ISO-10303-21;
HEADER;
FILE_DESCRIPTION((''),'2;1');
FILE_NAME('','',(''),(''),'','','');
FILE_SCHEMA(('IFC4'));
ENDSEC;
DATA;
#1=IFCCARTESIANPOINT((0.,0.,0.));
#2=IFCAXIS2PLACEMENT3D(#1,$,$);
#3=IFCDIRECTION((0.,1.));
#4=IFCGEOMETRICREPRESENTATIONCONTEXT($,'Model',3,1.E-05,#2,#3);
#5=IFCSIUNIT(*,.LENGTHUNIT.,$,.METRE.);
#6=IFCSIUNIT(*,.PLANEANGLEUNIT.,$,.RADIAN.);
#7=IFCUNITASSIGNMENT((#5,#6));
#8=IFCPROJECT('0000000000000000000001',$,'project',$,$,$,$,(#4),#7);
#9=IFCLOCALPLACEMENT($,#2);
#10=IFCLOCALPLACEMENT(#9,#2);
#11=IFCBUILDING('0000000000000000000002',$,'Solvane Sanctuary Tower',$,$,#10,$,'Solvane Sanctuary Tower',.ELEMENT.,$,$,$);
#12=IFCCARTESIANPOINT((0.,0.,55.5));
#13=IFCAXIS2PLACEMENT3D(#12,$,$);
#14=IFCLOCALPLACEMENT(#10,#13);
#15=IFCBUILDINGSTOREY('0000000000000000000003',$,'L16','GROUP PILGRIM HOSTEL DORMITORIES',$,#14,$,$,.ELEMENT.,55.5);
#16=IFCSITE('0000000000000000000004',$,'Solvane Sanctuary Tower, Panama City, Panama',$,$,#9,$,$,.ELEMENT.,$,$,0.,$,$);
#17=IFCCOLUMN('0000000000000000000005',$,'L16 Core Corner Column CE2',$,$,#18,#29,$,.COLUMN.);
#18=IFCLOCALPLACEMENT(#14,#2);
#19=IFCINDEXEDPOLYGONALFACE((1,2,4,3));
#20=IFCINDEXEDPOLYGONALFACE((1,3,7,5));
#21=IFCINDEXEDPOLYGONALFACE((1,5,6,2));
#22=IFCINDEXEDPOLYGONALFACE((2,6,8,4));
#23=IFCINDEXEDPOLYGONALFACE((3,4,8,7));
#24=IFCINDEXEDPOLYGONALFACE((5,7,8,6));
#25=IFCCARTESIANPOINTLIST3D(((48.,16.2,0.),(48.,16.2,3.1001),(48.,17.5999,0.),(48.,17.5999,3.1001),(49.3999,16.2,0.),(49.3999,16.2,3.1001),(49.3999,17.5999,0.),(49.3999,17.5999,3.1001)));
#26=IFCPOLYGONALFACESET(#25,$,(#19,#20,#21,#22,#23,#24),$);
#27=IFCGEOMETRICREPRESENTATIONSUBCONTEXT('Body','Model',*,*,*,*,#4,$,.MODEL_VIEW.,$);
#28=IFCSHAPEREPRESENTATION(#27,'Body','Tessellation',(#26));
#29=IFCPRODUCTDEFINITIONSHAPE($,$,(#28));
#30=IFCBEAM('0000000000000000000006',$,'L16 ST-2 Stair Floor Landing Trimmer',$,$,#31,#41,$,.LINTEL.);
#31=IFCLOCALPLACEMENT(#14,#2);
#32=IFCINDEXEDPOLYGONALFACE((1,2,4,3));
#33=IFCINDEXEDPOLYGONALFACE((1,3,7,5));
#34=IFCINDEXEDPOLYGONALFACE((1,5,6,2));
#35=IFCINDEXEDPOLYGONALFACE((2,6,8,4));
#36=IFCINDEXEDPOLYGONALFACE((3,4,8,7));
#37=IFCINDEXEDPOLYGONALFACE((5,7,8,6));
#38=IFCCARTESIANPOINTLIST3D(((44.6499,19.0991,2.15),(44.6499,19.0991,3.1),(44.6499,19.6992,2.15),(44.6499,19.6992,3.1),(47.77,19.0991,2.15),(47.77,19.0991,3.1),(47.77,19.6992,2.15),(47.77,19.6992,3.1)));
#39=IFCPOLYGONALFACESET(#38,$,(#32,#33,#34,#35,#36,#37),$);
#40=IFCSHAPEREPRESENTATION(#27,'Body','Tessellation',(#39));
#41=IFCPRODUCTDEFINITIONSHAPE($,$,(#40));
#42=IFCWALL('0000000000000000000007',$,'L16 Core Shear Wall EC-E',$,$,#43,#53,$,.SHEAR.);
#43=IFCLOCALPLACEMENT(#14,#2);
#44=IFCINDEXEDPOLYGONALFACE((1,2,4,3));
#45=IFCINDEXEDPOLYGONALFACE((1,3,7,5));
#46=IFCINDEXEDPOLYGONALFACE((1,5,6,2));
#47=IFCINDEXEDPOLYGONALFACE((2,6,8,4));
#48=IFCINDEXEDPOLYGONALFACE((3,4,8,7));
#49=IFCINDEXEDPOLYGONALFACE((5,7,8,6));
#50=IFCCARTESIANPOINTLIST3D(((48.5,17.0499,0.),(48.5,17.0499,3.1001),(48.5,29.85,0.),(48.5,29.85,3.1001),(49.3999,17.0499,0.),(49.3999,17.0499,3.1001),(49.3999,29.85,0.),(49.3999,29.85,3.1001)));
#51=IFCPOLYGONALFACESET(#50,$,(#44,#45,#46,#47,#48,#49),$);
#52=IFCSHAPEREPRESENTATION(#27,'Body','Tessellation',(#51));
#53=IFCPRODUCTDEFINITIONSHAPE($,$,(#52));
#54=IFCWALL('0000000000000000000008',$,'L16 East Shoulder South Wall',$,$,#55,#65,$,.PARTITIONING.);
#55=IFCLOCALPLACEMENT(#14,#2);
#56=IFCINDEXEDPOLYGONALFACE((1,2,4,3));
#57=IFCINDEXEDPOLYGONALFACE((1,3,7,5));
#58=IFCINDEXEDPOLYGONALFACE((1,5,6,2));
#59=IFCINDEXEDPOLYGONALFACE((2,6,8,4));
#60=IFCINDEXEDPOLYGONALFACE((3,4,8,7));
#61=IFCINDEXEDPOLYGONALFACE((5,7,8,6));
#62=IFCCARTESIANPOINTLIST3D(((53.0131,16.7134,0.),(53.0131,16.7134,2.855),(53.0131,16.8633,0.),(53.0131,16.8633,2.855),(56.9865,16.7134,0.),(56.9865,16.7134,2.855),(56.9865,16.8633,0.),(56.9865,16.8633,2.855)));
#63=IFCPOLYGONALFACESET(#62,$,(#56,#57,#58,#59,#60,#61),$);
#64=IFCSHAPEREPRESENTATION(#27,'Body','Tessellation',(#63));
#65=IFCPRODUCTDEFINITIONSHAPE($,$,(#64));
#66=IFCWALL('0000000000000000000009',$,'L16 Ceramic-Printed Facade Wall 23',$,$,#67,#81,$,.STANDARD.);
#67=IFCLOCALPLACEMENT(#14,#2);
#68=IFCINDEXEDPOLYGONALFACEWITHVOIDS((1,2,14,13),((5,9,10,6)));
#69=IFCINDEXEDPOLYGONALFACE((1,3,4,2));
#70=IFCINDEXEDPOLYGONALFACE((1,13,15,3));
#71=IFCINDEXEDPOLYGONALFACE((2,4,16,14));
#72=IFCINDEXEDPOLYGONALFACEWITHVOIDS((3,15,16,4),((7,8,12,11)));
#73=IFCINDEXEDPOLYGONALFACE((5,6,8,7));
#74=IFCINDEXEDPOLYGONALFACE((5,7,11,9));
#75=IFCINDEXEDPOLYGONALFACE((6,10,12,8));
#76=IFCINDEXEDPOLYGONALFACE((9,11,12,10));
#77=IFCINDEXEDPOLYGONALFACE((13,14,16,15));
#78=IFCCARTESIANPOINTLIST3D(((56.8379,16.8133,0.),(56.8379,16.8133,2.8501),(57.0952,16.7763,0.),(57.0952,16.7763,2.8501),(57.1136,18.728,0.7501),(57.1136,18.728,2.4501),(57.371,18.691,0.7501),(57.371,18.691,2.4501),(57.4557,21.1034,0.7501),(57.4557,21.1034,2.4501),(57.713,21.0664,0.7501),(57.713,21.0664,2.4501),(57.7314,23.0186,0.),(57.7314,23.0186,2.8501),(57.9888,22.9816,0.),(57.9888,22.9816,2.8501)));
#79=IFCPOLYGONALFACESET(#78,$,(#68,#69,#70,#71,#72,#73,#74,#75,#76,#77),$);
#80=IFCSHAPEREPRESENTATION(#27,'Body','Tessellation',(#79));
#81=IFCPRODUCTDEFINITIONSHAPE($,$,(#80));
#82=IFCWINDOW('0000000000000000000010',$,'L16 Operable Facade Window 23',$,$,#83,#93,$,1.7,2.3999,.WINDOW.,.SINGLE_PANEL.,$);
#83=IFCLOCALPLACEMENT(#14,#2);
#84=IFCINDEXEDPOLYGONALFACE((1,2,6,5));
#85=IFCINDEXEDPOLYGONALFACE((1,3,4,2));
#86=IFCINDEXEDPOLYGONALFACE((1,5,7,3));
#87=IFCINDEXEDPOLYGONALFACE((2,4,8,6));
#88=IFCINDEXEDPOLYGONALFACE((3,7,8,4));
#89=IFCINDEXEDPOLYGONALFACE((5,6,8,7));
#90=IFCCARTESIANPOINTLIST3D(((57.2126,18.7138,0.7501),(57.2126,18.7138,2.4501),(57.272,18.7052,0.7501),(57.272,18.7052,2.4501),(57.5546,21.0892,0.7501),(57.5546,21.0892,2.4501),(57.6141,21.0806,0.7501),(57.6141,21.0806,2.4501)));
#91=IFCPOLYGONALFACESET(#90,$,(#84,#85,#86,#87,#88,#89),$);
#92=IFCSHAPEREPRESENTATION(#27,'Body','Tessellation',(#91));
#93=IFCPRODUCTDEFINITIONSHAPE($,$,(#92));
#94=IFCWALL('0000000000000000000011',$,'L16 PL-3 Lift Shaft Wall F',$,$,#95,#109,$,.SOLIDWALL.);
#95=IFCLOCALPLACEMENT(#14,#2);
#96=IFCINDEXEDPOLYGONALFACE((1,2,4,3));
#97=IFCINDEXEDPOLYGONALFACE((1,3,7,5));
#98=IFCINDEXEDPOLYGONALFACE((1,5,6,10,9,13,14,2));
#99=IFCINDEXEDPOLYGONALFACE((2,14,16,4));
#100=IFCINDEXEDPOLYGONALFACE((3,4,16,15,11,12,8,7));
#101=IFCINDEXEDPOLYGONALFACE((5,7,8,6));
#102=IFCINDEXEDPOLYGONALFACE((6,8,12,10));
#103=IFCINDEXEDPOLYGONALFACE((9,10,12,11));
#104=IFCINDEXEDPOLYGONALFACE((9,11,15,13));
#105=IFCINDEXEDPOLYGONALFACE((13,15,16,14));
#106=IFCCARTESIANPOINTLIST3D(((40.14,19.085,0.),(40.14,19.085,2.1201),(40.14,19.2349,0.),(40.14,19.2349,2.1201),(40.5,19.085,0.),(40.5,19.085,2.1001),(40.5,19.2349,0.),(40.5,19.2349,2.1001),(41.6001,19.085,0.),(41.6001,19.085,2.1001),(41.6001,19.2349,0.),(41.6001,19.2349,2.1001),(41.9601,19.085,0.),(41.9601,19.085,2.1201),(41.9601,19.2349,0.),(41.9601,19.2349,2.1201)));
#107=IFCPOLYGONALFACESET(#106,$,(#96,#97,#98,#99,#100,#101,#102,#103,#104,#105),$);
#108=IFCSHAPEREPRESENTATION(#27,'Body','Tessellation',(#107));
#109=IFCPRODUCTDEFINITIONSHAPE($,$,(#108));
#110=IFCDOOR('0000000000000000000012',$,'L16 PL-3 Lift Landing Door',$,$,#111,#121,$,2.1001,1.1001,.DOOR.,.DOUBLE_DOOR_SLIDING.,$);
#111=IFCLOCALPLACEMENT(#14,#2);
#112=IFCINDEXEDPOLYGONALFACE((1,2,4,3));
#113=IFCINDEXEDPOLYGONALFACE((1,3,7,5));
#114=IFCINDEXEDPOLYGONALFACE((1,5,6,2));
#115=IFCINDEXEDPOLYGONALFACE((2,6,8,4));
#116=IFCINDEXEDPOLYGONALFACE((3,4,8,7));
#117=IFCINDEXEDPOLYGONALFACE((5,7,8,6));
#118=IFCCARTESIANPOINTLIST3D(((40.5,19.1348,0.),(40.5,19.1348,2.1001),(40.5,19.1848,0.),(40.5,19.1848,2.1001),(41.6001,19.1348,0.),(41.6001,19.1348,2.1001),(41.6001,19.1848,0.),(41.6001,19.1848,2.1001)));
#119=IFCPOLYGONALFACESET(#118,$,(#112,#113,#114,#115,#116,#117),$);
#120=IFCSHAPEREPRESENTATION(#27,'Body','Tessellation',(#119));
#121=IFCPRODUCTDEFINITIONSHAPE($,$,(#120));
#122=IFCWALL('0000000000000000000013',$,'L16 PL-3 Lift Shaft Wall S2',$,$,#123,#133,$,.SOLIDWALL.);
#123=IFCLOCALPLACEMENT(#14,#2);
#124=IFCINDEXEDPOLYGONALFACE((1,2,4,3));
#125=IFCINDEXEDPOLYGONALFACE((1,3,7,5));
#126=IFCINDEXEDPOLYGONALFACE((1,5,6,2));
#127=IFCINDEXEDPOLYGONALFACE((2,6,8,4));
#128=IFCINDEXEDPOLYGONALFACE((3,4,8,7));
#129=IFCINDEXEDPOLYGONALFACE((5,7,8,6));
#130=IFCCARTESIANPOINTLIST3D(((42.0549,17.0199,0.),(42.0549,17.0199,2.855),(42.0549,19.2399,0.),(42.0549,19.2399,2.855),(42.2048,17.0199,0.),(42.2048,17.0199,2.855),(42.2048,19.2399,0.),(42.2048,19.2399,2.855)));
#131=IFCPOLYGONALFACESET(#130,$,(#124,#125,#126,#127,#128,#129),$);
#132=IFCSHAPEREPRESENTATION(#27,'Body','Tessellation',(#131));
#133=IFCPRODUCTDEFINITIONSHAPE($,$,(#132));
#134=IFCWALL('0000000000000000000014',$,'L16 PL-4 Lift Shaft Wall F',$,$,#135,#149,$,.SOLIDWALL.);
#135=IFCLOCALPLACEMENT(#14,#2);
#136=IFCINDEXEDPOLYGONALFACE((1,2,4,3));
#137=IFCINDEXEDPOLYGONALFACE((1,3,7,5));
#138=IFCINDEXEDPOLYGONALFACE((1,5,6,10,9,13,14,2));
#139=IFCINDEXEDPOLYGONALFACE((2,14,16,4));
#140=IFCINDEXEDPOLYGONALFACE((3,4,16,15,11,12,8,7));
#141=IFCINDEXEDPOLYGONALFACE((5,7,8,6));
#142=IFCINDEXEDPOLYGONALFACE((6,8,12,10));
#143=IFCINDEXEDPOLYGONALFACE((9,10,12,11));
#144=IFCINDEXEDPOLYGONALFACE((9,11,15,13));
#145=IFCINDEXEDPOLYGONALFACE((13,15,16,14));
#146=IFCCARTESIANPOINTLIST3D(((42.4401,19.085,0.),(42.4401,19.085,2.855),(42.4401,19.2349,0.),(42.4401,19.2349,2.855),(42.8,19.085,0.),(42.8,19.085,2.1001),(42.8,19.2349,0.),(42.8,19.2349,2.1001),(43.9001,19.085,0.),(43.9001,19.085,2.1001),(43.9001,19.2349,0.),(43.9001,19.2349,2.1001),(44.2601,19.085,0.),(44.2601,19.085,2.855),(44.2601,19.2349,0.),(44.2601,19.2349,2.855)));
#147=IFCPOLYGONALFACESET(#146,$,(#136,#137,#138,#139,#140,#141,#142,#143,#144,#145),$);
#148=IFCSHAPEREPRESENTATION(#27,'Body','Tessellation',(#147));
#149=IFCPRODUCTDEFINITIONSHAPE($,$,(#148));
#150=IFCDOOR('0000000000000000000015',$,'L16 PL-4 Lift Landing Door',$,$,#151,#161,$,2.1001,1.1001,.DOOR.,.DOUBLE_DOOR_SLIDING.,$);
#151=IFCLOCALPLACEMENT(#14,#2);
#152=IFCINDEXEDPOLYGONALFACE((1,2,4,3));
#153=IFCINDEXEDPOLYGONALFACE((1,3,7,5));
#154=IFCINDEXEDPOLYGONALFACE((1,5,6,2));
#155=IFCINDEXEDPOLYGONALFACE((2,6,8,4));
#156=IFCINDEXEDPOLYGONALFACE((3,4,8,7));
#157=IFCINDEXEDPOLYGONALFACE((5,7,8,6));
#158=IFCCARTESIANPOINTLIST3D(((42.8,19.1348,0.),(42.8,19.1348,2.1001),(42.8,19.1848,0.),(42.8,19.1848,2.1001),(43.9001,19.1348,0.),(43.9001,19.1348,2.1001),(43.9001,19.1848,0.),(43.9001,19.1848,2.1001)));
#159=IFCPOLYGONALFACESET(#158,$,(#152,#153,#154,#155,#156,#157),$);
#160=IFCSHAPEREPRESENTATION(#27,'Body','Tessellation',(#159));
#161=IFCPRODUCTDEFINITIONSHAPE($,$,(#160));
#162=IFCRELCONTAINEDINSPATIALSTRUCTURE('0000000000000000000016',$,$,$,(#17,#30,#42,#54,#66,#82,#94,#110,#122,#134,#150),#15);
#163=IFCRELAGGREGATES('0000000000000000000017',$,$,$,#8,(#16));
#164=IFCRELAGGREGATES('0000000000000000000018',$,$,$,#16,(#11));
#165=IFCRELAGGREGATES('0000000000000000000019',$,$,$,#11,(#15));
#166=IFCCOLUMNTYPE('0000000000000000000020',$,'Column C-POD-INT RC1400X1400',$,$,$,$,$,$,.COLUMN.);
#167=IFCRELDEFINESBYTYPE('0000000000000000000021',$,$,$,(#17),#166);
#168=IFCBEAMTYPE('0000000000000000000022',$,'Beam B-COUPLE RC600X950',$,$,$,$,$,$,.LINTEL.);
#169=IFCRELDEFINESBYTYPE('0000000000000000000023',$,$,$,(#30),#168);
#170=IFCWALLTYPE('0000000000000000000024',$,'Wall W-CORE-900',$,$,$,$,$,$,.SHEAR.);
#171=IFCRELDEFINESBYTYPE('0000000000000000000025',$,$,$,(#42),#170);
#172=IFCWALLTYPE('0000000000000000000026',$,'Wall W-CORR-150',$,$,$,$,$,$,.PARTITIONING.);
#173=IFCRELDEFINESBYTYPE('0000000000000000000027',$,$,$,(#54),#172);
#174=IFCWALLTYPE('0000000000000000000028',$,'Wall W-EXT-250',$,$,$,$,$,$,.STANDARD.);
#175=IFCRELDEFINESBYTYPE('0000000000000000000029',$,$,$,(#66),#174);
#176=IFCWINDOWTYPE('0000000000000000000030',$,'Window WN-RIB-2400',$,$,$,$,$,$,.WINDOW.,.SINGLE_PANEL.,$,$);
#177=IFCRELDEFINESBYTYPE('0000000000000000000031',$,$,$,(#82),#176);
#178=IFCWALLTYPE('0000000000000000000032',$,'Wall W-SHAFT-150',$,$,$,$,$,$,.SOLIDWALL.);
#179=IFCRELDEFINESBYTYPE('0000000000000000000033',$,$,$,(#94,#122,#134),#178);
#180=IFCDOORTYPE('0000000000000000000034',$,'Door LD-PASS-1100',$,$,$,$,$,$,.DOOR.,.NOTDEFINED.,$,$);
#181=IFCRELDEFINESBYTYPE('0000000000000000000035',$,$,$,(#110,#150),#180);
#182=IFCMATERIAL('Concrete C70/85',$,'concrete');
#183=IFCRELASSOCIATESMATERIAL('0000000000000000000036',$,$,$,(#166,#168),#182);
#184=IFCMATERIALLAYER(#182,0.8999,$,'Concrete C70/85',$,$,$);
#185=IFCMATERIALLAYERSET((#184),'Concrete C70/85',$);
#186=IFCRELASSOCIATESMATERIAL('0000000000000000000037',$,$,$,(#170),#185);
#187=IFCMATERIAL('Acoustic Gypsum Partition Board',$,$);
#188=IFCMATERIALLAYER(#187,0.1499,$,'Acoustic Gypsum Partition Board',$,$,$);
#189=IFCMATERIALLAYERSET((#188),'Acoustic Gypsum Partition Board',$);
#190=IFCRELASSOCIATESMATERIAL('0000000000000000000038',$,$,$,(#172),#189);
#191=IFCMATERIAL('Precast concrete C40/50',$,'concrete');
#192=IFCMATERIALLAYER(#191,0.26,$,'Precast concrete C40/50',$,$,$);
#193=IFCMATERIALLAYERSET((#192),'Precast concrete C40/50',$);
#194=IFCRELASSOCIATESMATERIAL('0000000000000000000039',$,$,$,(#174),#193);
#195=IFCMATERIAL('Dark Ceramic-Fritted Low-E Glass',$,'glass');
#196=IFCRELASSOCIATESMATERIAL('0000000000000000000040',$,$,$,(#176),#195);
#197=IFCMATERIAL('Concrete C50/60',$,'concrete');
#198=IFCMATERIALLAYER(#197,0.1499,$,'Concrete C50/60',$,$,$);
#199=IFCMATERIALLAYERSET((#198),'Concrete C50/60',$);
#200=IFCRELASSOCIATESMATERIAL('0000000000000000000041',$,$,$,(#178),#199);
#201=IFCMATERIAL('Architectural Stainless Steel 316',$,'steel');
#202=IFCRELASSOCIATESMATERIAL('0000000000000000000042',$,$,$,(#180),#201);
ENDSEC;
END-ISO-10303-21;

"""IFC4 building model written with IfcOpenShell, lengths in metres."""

from ifc_helpers import new_model, si_unit, direction, frame, frame_2d, origin, origin_2d, place, context, subcontext, project, spatial, rectangle, extrude, material, layer, layer_set, material_profile, profile_set, type_object, element, fill, save


model = new_model("IFC4")

# Units and contexts
model_context = context("Model", 3, precision=1e-05, world=origin(), true_north=direction((0.0, 1.0)))
body_context = subcontext(model_context, "Body", "Model", "MODEL_VIEW")
ifc_project = project(units=[si_unit("LENGTHUNIT", "METRE"), si_unit("PLANEANGLEUNIT", "RADIAN")], contexts=[model_context])

# Site, building, storey
site_placement = place(None, origin())
site = spatial("IfcSite", under=ifc_project, at=site_placement, Name="Solvane Sanctuary Tower, Panama City, Panama", CompositionType="ELEMENT", RefElevation=0.0)
building_placement = place(site_placement, origin())
building = spatial("IfcBuilding", under=site, at=building_placement, Name="Solvane Sanctuary Tower", LongName="Solvane Sanctuary Tower", CompositionType="ELEMENT")
storey_placement = place(building_placement, frame((0.0, 0.0, 55.5)))
storey = spatial("IfcBuildingStorey", under=building, at=storey_placement, Name="L16", Description="GROUP PILGRIM HOSTEL DORMITORIES", CompositionType="ELEMENT", Elevation=55.5)

# Column
ifc_material_1 = material(Name="Concrete C70/85", Category="concrete")
ifc_material_profile_1 = material_profile(ifc_material_1, rectangle(XDim=1.3999, YDim=1.3999, at=origin_2d()), Name="RC1400X1400")
ifc_profile_set_1 = profile_set([ifc_material_profile_1], Name="Concrete C70/85")
column_type = type_object("IfcColumnType", Name="Column C-POD-INT RC1400X1400", PredefinedType="COLUMN", material=ifc_profile_set_1)
column_placement = place(storey_placement, frame((48.7, 16.8999, 0.0), z_axis=(0.0, 0.0, 1.0), x_axis=(1.0, 0.0, 0.0)))
element("IfcColumn", 1, at=column_placement, inside=storey, type_object=column_type, Name="L16 Core Corner Column CE2", PredefinedType="COLUMN", context=body_context, shape_type="SweptSolid", body=[
    extrude(rectangle(XDim=1.3999, YDim=1.3999, at=origin_2d()), origin(), (0.0, 0.0, 1.0), 3.1001),
])

# Beam
ifc_material_profile_2 = material_profile(ifc_material_1, rectangle(XDim=0.6001, YDim=0.95, at=origin_2d()), Name="RC600X950")
ifc_profile_set_2 = profile_set([ifc_material_profile_2], Name="Concrete C70/85")
beam_type = type_object("IfcBeamType", Name="Beam B-COUPLE RC600X950", PredefinedType="LINTEL", material=ifc_profile_set_2)
beam_placement = place(storey_placement, frame((44.6499, 19.3992, 2.625), z_axis=(1.0, 0.0, 0.0), x_axis=(0.0, 1.0, 0.0)))
element("IfcBeam", 2, at=beam_placement, inside=storey, type_object=beam_type, Name="L16 ST-2 Stair Floor Landing Trimmer", PredefinedType="LINTEL", context=body_context, shape_type="SweptSolid", body=[
    extrude(rectangle(XDim=0.6001, YDim=0.95, at=origin_2d()), origin(), (0.0, 0.0, 1.0), 3.1201),
])

# Walls
ifc_layer_1 = layer(ifc_material_1, 0.8999, Name="Concrete C70/85")
ifc_layer_set_1 = layer_set([ifc_layer_1], Name="Concrete C70/85")
wall_type_1 = type_object("IfcWallType", Name="Wall W-CORE-900", PredefinedType="SHEAR", material=ifc_layer_set_1)
wall_1_placement = place(storey_placement, frame((48.95, 17.05, 0.0), z_axis=(0.0, 0.0, 1.0), x_axis=(0.0, 1.0, 0.0)))
element("IfcWall", 3, at=wall_1_placement, inside=storey, type_object=wall_type_1, Name="L16 Core Shear Wall EC-E", PredefinedType="SHEAR", context=body_context, shape_type="SweptSolid", body=[
    extrude(rectangle(XDim=12.8, YDim=0.8999, at=frame_2d((6.3999, 0.0))), origin(), (0.0, 0.0, 1.0), 3.1001),
])
ifc_material_2 = material(Name="Acoustic Gypsum Partition Board")
ifc_layer_2 = layer(ifc_material_2, 0.1499, Name="Acoustic Gypsum Partition Board")
ifc_layer_set_2 = layer_set([ifc_layer_2], Name="Acoustic Gypsum Partition Board")
wall_type_2 = type_object("IfcWallType", Name="Wall W-CORR-150", PredefinedType="PARTITIONING", material=ifc_layer_set_2)
wall_2_placement = place(storey_placement, frame((53.0129, 16.7883, 0.0), z_axis=(0.0, 0.0, 1.0), x_axis=(1.0, 0.0, 0.0)))
element("IfcWall", 4, at=wall_2_placement, inside=storey, type_object=wall_type_2, Name="L16 East Shoulder South Wall", PredefinedType="PARTITIONING", context=body_context, shape_type="SweptSolid", body=[
    extrude(rectangle(XDim=3.9734, YDim=0.1499, at=frame_2d((1.9868, 0.0))), origin(), (0.0, 0.0, 1.0), 2.855),
])

# Wall, opening, window
ifc_material_3 = material(Name="Precast concrete C40/50", Category="concrete")
ifc_layer_3 = layer(ifc_material_3, 0.26, Name="Precast concrete C40/50")
ifc_layer_set_3 = layer_set([ifc_layer_3], Name="Precast concrete C40/50")
wall_type_3 = type_object("IfcWallType", Name="Wall W-EXT-250", PredefinedType="STANDARD", material=ifc_layer_set_3)
wall_3_placement = place(storey_placement, frame((56.9666, 16.7947, 0.0), z_axis=(0.0, 0.0, 1.0), x_axis=(0.142528, 0.989791, 0.0)))
wall_3 = element("IfcWall", 5, at=wall_3_placement, inside=storey, type_object=wall_type_3, Name="L16 Ceramic-Printed Facade Wall 23", PredefinedType="STANDARD", context=body_context, shape_type="SweptSolid", body=[
    extrude(rectangle(XDim=6.2693, YDim=0.26, at=frame_2d((3.1348, 0.0))), origin(), (0.0, 0.0, 1.0), 2.8501),
])
opening_1_placement = place(wall_3_placement, frame((1.9346, 0.0, 0.75)))
opening_1 = element("IfcOpeningElement", 6, at=opening_1_placement, cuts=wall_3, PredefinedType="OPENING", context=body_context, shape_type="SweptSolid", body=[
    extrude(rectangle(XDim=2.3999, YDim=1.7, at=frame_2d((1.2, 0.8501))), frame((0.0, 0.1399, 0.0), z_axis=(0.0, -1.0, 0.0), x_axis=(1.0, 0.0, 0.0)), (0.0, 0.0, 1.0), 0.28),
])
ifc_material_4 = material(Name="Dark Ceramic-Fritted Low-E Glass", Category="glass")
window_type = type_object("IfcWindowType", Name="Window WN-RIB-2400", PartitioningType="SINGLE_PANEL", PredefinedType="WINDOW", material=ifc_material_4)
window_placement = place(opening_1_placement, origin())
window = element("IfcWindow", 7, at=window_placement, inside=storey, type_object=window_type, Name="L16 Operable Facade Window 23", OverallHeight=1.7, OverallWidth=2.3999, PartitioningType="SINGLE_PANEL", PredefinedType="WINDOW", context=body_context, shape_type="SweptSolid", body=[
    extrude(rectangle(XDim=2.3999, YDim=1.7, at=frame_2d((1.2, 0.8501))), frame((0.0, 0.03, 0.0), z_axis=(0.0, -1.0, 0.0), x_axis=(1.0, 0.0, 0.0)), (0.0, 0.0, 1.0), 0.0601),
])
fill(opening_1, window)

# Wall, opening, door
ifc_material_5 = material(Name="Concrete C50/60", Category="concrete")
ifc_layer_4 = layer(ifc_material_5, 0.1499, Name="Concrete C50/60")
ifc_layer_set_4 = layer_set([ifc_layer_4], Name="Concrete C50/60")
wall_type_4 = type_object("IfcWallType", Name="Wall W-SHAFT-150", PredefinedType="SOLIDWALL", material=ifc_layer_set_4)
wall_4_placement = place(storey_placement, frame((40.1399, 19.1599, 0.0), z_axis=(0.0, 0.0, 1.0), x_axis=(1.0, 0.0, 0.0)))
wall_4 = element("IfcWall", 8, at=wall_4_placement, inside=storey, type_object=wall_type_4, Name="L16 PL-3 Lift Shaft Wall F", PredefinedType="SOLIDWALL", context=body_context, shape_type="SweptSolid", body=[
    extrude(rectangle(XDim=1.8201, YDim=0.1499, at=frame_2d((0.9102, 0.0))), origin(), (0.0, 0.0, 1.0), 2.1201),
])
opening_2_placement = place(wall_4_placement, frame((0.3601, 0.0, 0.0)))
opening_2 = element("IfcOpeningElement", 9, at=opening_2_placement, cuts=wall_4, PredefinedType="OPENING", context=body_context, shape_type="SweptSolid", body=[
    extrude(rectangle(XDim=1.1001, YDim=2.1001, at=frame_2d((0.55, 1.05))), frame((0.0, 0.085, 0.0), z_axis=(0.0, -1.0, 0.0), x_axis=(1.0, 0.0, 0.0)), (0.0, 0.0, 1.0), 0.1699),
])
ifc_material_6 = material(Name="Architectural Stainless Steel 316", Category="steel")
door_type_1 = type_object("IfcDoorType", Name="Door LD-PASS-1100", OperationType="NOTDEFINED", PredefinedType="DOOR", material=ifc_material_6)
door_1_placement = place(opening_2_placement, origin())
door_1 = element("IfcDoor", 10, at=door_1_placement, inside=storey, type_object=door_type_1, Name="L16 PL-3 Lift Landing Door", OperationType="DOUBLE_DOOR_SLIDING", OverallHeight=2.1001, OverallWidth=1.1001, PredefinedType="DOOR", context=body_context, shape_type="SweptSolid", body=[
    extrude(rectangle(XDim=1.1001, YDim=2.1001, at=frame_2d((0.55, 1.05))), frame((0.0, 0.0249, 0.0), z_axis=(0.0, -1.0, 0.0), x_axis=(1.0, 0.0, 0.0)), (0.0, 0.0, 1.0), 0.05),
])
fill(opening_2, door_1)

# Wall
wall_5_placement = place(storey_placement, frame((42.1299, 17.02, 0.0), z_axis=(0.0, 0.0, 1.0), x_axis=(0.0, 1.0, 0.0)))
element("IfcWall", 11, at=wall_5_placement, inside=storey, type_object=wall_type_4, Name="L16 PL-3 Lift Shaft Wall S2", PredefinedType="SOLIDWALL", context=body_context, shape_type="SweptSolid", body=[
    extrude(rectangle(XDim=2.22, YDim=0.1499, at=frame_2d((1.1099, 0.0))), origin(), (0.0, 0.0, 1.0), 2.855),
])

# Wall, opening, door
wall_6_placement = place(storey_placement, frame((42.4399, 19.1599, 0.0), z_axis=(0.0, 0.0, 1.0), x_axis=(1.0, 0.0, 0.0)))
wall_6 = element("IfcWall", 12, at=wall_6_placement, inside=storey, type_object=wall_type_4, Name="L16 PL-4 Lift Shaft Wall F", PredefinedType="SOLIDWALL", context=body_context, shape_type="SweptSolid", body=[
    extrude(rectangle(XDim=1.8201, YDim=0.1499, at=frame_2d((0.9102, 0.0))), origin(), (0.0, 0.0, 1.0), 2.855),
])
opening_3_placement = place(wall_6_placement, frame((0.3601, 0.0, 0.0)))
opening_3 = element("IfcOpeningElement", 13, at=opening_3_placement, cuts=wall_6, PredefinedType="OPENING", context=body_context, shape_type="SweptSolid", body=[
    extrude(rectangle(XDim=1.1001, YDim=2.1001, at=frame_2d((0.55, 1.05))), frame((0.0, 0.085, 0.0), z_axis=(0.0, -1.0, 0.0), x_axis=(1.0, 0.0, 0.0)), (0.0, 0.0, 1.0), 0.1699),
])
door_2_placement = place(opening_3_placement, origin())
door_2 = element("IfcDoor", 14, at=door_2_placement, inside=storey, type_object=door_type_1, Name="L16 PL-4 Lift Landing Door", OperationType="DOUBLE_DOOR_SLIDING", OverallHeight=2.1001, OverallWidth=1.1001, PredefinedType="DOOR", context=body_context, shape_type="SweptSolid", body=[
    extrude(rectangle(XDim=1.1001, YDim=2.1001, at=frame_2d((0.55, 1.05))), frame((0.0, 0.0249, 0.0), z_axis=(0.0, -1.0, 0.0), x_axis=(1.0, 0.0, 0.0)), (0.0, 0.0, 1.0), 0.05),
])
fill(opening_3, door_2)

save(model, "model.ifc")
